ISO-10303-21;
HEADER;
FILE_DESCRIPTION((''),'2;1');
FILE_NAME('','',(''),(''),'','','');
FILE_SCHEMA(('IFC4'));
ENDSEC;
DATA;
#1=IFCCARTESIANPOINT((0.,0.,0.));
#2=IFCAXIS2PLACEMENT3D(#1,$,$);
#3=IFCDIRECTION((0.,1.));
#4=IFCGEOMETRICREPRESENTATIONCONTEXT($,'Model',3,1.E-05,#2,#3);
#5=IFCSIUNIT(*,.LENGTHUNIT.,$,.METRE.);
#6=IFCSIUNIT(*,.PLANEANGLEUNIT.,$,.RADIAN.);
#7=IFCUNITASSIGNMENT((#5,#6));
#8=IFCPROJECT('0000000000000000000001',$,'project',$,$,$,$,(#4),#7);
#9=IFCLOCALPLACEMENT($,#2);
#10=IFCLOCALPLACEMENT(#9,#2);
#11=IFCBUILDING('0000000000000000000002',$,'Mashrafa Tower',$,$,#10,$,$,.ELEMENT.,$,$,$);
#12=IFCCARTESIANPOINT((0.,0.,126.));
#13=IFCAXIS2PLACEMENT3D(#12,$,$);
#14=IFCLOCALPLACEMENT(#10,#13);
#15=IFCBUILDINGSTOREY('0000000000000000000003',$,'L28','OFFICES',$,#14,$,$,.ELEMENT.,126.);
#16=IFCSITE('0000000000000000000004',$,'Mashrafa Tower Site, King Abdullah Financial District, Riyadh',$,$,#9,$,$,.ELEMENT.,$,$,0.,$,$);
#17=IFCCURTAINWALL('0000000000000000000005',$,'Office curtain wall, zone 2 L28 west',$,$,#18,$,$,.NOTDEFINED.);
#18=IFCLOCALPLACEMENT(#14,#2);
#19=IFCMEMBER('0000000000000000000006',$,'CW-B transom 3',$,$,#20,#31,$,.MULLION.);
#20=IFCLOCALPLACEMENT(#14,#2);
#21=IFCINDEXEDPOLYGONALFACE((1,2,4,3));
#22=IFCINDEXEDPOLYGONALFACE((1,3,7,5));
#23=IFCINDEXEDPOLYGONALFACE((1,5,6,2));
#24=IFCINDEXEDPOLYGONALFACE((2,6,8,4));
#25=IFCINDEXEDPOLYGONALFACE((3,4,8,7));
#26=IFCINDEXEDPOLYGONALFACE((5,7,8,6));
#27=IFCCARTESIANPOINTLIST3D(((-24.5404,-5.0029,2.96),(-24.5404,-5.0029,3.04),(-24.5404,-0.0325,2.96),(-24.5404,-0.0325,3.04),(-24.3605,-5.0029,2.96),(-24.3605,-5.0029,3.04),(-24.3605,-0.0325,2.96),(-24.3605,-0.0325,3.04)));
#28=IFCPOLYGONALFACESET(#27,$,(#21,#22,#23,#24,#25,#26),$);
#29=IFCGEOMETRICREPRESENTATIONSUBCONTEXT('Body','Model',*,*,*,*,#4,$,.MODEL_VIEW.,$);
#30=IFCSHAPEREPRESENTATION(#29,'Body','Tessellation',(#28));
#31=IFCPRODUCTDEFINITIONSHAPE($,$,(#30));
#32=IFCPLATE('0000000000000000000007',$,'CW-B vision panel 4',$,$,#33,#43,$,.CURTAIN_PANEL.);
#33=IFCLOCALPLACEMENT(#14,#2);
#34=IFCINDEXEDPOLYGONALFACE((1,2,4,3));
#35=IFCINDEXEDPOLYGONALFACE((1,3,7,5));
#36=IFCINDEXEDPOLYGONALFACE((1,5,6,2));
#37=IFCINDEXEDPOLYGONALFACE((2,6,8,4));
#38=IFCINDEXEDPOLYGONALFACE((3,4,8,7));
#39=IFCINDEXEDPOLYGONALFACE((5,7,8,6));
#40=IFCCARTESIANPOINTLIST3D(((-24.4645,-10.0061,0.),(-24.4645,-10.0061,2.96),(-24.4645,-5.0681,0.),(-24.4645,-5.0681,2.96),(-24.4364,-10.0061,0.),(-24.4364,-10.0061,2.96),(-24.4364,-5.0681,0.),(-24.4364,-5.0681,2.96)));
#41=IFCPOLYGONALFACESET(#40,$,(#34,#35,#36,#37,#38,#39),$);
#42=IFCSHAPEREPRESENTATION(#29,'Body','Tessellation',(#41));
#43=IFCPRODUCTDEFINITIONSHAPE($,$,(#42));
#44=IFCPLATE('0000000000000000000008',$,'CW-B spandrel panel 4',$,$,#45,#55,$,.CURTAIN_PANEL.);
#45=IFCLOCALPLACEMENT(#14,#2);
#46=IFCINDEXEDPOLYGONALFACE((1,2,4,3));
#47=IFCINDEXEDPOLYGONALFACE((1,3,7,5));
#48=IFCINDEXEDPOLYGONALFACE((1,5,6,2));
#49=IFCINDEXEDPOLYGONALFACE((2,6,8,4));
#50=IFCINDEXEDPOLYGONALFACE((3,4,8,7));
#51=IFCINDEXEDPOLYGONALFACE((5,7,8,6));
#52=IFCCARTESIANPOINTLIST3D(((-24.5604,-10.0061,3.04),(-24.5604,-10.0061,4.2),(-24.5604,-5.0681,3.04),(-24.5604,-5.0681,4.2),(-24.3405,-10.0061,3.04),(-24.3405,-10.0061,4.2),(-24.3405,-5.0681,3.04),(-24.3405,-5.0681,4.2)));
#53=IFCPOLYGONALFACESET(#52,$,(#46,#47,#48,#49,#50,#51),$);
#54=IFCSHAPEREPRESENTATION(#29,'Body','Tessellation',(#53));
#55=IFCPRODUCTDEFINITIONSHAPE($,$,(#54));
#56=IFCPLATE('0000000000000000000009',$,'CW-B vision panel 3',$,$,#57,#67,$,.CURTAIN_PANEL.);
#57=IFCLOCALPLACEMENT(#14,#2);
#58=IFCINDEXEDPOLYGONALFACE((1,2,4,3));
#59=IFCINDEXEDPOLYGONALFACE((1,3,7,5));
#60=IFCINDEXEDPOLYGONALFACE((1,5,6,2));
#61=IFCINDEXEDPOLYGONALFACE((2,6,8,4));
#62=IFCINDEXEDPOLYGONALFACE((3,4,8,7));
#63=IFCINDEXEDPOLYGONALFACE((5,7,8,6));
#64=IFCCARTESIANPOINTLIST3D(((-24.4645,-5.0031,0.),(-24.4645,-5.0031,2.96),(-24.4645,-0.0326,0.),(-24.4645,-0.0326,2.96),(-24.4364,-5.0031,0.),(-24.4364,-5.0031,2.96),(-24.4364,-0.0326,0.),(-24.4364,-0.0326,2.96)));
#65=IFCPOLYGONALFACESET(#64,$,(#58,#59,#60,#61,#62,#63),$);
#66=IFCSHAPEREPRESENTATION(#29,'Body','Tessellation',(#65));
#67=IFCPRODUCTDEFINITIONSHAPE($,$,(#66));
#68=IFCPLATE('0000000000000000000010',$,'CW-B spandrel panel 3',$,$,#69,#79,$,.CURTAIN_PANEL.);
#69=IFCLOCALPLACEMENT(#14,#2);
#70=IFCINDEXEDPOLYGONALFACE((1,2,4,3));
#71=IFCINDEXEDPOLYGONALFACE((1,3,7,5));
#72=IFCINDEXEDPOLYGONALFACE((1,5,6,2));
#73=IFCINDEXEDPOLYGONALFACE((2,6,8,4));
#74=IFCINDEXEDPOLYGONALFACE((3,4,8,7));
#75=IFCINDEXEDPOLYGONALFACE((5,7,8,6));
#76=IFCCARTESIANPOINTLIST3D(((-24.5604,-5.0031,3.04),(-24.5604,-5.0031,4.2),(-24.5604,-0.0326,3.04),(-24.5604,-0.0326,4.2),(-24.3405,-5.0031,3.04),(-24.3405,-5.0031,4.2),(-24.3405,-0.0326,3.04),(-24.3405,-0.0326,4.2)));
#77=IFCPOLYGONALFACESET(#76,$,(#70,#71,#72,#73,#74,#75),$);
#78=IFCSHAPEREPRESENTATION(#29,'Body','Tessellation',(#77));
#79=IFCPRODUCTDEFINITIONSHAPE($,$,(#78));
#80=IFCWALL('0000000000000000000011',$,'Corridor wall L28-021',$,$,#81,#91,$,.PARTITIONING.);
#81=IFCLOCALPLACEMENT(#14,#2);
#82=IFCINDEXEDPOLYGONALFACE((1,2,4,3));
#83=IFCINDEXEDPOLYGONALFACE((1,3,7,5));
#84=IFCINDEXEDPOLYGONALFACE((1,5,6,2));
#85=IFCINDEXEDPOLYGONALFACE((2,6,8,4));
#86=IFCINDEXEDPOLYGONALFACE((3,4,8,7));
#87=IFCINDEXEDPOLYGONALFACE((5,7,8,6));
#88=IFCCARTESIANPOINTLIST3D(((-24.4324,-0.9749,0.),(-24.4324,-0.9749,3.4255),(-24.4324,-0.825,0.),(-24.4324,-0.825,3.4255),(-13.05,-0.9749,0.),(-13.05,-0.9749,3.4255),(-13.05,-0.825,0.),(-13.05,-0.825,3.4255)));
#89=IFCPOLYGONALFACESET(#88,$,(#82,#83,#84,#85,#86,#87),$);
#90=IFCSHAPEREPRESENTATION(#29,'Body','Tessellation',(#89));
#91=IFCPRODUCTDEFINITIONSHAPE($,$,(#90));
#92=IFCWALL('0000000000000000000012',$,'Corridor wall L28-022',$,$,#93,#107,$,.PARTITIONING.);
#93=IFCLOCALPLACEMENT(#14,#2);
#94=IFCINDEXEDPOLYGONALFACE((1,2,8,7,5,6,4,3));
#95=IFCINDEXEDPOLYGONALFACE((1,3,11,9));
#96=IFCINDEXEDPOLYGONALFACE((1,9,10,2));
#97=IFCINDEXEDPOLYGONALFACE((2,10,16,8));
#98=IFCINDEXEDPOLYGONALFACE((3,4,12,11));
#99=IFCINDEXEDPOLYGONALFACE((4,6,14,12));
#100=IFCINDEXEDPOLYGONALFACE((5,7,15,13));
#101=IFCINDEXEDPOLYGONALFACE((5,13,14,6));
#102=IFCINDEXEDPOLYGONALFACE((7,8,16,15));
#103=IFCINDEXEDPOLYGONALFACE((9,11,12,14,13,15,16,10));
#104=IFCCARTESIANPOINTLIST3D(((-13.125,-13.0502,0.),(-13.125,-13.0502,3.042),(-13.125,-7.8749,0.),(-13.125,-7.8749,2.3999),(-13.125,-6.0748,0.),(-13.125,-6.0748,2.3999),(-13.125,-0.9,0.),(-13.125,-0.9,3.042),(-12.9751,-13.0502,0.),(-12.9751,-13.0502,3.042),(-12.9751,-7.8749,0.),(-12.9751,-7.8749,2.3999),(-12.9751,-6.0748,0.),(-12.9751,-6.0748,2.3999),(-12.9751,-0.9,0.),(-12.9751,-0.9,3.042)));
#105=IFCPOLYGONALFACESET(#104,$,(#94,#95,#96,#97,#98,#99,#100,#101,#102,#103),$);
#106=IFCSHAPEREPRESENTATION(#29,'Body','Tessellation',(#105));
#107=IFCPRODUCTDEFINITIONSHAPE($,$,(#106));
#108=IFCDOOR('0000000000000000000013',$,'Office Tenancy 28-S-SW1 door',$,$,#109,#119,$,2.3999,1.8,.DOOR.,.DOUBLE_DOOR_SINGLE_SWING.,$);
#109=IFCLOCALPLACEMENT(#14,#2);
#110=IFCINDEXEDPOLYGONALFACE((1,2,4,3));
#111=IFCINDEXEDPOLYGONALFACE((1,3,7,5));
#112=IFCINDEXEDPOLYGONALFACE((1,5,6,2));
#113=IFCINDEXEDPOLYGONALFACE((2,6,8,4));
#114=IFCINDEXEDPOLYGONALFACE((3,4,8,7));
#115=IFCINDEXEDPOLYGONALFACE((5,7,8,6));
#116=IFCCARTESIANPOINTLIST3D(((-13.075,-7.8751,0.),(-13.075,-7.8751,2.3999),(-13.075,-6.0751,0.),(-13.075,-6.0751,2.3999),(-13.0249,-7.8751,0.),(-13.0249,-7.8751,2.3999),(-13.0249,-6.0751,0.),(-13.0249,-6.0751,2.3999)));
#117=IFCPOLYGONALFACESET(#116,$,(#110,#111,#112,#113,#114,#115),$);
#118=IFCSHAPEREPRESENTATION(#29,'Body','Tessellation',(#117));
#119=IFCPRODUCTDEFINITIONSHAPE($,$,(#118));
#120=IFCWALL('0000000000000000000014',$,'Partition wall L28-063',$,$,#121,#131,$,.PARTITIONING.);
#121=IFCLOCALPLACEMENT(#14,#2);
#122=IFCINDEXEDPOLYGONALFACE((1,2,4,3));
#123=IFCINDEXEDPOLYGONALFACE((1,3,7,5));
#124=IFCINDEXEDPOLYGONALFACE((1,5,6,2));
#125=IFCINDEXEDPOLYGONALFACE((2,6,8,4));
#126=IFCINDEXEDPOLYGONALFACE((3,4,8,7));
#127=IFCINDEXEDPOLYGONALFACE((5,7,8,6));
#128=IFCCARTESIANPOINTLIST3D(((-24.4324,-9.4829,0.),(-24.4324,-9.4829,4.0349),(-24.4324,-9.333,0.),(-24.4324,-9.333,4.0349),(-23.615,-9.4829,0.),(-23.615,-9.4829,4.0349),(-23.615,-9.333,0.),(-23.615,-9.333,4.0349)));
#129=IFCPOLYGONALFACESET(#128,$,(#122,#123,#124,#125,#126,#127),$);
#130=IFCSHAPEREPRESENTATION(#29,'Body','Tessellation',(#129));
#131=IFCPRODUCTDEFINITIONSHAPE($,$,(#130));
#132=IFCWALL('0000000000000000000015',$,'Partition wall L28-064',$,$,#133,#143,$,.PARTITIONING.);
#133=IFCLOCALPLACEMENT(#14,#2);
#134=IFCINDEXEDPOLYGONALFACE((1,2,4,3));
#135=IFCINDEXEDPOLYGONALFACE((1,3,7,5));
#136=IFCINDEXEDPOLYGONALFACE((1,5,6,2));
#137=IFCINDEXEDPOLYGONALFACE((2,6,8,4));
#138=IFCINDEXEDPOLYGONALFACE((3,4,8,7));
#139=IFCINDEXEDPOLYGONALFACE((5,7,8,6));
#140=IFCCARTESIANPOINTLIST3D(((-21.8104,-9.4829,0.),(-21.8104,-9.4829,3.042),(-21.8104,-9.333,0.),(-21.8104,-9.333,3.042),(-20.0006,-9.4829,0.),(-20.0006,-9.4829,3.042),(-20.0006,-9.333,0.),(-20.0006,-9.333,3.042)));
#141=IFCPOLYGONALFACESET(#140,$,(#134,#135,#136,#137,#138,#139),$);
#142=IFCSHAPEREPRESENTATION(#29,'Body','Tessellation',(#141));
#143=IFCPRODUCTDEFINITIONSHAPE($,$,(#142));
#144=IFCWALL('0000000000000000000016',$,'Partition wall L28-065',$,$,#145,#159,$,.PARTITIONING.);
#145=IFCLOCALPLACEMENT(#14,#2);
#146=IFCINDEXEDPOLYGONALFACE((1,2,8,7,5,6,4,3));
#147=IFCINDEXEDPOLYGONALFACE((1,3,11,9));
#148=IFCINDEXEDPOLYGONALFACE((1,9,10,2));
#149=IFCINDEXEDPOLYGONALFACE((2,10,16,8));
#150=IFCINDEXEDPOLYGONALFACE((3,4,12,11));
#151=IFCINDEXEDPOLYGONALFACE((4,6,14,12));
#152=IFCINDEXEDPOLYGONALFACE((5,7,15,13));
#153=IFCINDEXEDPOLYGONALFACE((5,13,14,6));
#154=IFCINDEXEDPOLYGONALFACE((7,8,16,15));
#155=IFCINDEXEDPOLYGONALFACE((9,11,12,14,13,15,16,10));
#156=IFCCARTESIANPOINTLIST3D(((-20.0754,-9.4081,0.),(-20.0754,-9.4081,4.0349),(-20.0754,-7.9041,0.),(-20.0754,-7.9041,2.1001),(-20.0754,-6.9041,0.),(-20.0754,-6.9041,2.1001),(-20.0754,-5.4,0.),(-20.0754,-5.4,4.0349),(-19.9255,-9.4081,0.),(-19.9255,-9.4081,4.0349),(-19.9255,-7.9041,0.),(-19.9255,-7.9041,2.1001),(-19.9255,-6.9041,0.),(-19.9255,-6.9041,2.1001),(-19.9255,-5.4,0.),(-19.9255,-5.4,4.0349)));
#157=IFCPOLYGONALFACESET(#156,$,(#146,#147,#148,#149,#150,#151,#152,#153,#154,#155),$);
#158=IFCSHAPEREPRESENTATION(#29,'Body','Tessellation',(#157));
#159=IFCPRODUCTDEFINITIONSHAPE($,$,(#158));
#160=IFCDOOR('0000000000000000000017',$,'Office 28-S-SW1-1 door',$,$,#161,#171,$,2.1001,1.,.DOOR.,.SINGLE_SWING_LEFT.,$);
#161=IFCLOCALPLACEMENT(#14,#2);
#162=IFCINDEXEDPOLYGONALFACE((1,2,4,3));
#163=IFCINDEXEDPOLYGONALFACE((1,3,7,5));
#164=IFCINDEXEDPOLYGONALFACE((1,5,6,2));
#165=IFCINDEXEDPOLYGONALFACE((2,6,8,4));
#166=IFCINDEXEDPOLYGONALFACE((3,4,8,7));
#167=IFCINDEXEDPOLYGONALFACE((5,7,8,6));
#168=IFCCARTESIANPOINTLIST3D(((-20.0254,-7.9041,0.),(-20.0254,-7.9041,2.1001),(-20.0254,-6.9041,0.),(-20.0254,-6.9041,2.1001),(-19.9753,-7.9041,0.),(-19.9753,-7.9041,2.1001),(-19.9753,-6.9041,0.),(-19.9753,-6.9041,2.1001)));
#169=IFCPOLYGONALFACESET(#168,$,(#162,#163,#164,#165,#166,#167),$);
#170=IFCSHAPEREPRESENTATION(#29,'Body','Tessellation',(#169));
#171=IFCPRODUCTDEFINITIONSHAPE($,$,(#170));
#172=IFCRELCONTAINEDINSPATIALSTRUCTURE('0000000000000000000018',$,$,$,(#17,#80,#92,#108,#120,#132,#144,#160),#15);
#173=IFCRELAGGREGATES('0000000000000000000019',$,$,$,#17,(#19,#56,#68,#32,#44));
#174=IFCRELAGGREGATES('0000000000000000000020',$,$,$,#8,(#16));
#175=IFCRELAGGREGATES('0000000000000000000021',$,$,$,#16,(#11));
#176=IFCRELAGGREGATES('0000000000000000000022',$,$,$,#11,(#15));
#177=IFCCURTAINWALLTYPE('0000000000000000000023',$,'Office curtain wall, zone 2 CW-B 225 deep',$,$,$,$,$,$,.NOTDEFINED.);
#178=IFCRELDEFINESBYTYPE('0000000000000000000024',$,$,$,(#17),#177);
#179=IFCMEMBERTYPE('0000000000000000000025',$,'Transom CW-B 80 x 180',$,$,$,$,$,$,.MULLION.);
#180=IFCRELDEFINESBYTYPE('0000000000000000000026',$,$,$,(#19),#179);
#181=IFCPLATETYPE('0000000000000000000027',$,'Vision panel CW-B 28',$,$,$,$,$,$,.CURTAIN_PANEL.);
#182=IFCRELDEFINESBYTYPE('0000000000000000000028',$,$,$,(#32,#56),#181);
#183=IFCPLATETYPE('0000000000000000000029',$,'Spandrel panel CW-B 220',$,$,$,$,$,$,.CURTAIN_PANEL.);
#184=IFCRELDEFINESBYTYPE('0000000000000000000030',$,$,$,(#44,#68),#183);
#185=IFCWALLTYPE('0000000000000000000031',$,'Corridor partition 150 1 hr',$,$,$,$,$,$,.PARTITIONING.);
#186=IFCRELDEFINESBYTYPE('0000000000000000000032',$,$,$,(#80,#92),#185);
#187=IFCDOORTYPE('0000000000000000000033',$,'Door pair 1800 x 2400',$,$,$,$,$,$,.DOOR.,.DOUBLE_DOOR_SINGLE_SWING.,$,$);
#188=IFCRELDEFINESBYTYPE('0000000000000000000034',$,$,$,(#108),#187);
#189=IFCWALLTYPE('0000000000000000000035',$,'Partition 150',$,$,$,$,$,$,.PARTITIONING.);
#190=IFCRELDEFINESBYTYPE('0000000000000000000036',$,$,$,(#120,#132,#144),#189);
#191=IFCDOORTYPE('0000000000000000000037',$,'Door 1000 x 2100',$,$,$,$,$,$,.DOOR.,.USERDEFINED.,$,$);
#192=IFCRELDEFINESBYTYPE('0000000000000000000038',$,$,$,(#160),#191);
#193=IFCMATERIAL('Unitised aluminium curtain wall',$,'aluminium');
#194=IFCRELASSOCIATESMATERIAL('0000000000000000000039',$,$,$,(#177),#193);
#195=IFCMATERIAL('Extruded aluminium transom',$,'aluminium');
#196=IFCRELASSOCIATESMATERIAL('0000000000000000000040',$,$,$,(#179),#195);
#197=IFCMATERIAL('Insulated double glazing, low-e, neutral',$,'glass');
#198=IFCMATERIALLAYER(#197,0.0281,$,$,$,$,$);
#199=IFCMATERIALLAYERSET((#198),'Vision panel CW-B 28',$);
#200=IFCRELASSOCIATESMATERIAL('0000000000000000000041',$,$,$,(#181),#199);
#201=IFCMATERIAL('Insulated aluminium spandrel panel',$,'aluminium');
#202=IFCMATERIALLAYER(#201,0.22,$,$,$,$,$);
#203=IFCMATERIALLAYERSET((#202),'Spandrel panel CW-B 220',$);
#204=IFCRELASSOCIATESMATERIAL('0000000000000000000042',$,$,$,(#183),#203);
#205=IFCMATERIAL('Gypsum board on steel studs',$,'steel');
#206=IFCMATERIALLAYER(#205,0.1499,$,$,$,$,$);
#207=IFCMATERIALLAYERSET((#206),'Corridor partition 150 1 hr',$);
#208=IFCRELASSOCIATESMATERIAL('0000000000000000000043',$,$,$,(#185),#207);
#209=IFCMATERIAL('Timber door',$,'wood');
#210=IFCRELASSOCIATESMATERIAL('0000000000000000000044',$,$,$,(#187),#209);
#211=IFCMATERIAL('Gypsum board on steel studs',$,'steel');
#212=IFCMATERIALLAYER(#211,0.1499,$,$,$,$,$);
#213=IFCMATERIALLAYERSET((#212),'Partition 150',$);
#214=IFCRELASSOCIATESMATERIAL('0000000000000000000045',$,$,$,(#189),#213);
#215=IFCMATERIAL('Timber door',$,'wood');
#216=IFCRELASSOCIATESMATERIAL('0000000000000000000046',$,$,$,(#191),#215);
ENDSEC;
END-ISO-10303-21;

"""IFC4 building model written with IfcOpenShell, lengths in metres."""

from ifc_helpers import new_model, si_unit, direction, frame, frame_2d, origin, origin_2d, place, context, subcontext, project, spatial, rectangle, extrude, source, transform, mapped, material, layer, layer_set, material_profile, profile_set, type_object, type_shapes, element, fill, aggregate, save


model = new_model("IFC4")

# Units and contexts
model_context = context("Model", 3, precision=1e-05, world=origin(), true_north=direction((0.0, 1.0)))
body_context = subcontext(model_context, "Body", "Model", "MODEL_VIEW")
ifc_project = project(units=[si_unit("LENGTHUNIT", "METRE"), si_unit("PLANEANGLEUNIT", "RADIAN")], contexts=[model_context])

# Site, building, storey
site_placement = place(None, origin())
site = spatial("IfcSite", under=ifc_project, at=site_placement, Name="Mashrafa Tower Site, King Abdullah Financial District, Riyadh", CompositionType="ELEMENT", RefElevation=0.0)
building_placement = place(site_placement, origin())
building = spatial("IfcBuilding", under=site, at=building_placement, Name="Mashrafa Tower", CompositionType="ELEMENT")
storey_placement = place(building_placement, frame((0.0, 0.0, 126.0)))
storey = spatial("IfcBuildingStorey", under=building, at=storey_placement, Name="L28", Description="OFFICES", CompositionType="ELEMENT", Elevation=126.0)

# Curtain wall
ifc_material_1 = material(Name="Unitised aluminium curtain wall", Category="aluminium")
curtain_wall_type = type_object("IfcCurtainWallType", Name="Office curtain wall, zone 2 CW-B 225 deep", PredefinedType="NOTDEFINED", material=ifc_material_1)
curtain_wall_1_placement = place(storey_placement, origin())
curtain_wall_1 = element("IfcCurtainWall", 1, at=curtain_wall_1_placement, inside=storey, type_object=curtain_wall_type, Name="Office curtain wall, zone 2 L28 west", PredefinedType="NOTDEFINED")

# Member
ifc_material_2 = material(Name="Extruded aluminium transom", Category="aluminium")
ifc_material_profile_1 = material_profile(ifc_material_2, rectangle(XDim=0.1799, YDim=0.0801, at=origin_2d()), Name="Transom 80x180")
ifc_profile_set_1 = profile_set([ifc_material_profile_1], Name="Extruded aluminium transom")
member_type_1 = type_object("IfcMemberType", Name="Transom CW-B 80 x 180", PredefinedType="MULLION", material=ifc_profile_set_1)
shared_shape_1 = source(origin(), body_context, "Body", "SweptSolid", [
    extrude(rectangle(XDim=0.1799, YDim=0.0801, at=origin_2d()), origin(), (0.0, 0.0, 1.0), 4.9705),
])
member_1_placement = place(storey_placement, frame((-24.4504, -0.0325, 3.0), z_axis=(0.0, -1.0, 0.0), x_axis=(1.0, 0.0, 0.0)))
member_1 = element("IfcMember", 2, at=member_1_placement, type_object=member_type_1, Name="CW-B transom 3", PredefinedType="MULLION", context=body_context, shape_type="MappedRepresentation", body=[
    mapped(shared_shape_1, transform((0.0, 0.0, 0.0))),
])

# Plates
ifc_material_3 = material(Name="Insulated double glazing, low-e, neutral", Category="glass")
ifc_layer_1 = layer(ifc_material_3, 0.0281)
ifc_layer_set_1 = layer_set([ifc_layer_1], Name="Vision panel CW-B 28")
plate_type_1 = type_object("IfcPlateType", Name="Vision panel CW-B 28", PredefinedType="CURTAIN_PANEL", material=ifc_layer_set_1)
shared_shape_2 = source(origin(), body_context, "Body", "SweptSolid", [
    extrude(rectangle(XDim=4.938, YDim=0.0281, at=origin_2d()), origin(), (0.0, 0.0, 1.0), 2.96),
])
plate_1_placement = place(storey_placement, frame((-24.4504, -7.5371, 0.0), z_axis=(0.0, 0.0, 1.0), x_axis=(0.0, -1.0, 0.0)))
plate_1 = element("IfcPlate", 3, at=plate_1_placement, type_object=plate_type_1, Name="CW-B vision panel 4", PredefinedType="CURTAIN_PANEL", context=body_context, shape_type="MappedRepresentation", body=[
    mapped(shared_shape_2, transform((0.0, 0.0, 0.0))),
])
ifc_material_4 = material(Name="Insulated aluminium spandrel panel", Category="aluminium")
ifc_layer_2 = layer(ifc_material_4, 0.22)
ifc_layer_set_2 = layer_set([ifc_layer_2], Name="Spandrel panel CW-B 220")
plate_type_2 = type_object("IfcPlateType", Name="Spandrel panel CW-B 220", PredefinedType="CURTAIN_PANEL", material=ifc_layer_set_2)
shared_shape_3 = source(origin(), body_context, "Body", "SweptSolid", [
    extrude(rectangle(XDim=4.938, YDim=0.22, at=origin_2d()), origin(), (0.0, 0.0, 1.0), 1.1599),
])
plate_2_placement = place(storey_placement, frame((-24.4504, -7.5371, 3.04), z_axis=(0.0, 0.0, 1.0), x_axis=(0.0, -1.0, 0.0)))
plate_2 = element("IfcPlate", 4, at=plate_2_placement, type_object=plate_type_2, Name="CW-B spandrel panel 4", PredefinedType="CURTAIN_PANEL", context=body_context, shape_type="MappedRepresentation", body=[
    mapped(shared_shape_3, transform((0.0, 0.0, 0.0))),
])
shared_shape_4 = source(origin(), body_context, "Body", "SweptSolid", [
    extrude(rectangle(XDim=4.9705, YDim=0.0281, at=origin_2d()), origin(), (0.0, 0.0, 1.0), 2.96),
])
type_shapes(plate_type_1, [shared_shape_2, shared_shape_4])
plate_3_placement = place(storey_placement, frame((-24.4504, -2.5178, 0.0), z_axis=(0.0, 0.0, 1.0), x_axis=(0.0, -1.0, 0.0)))
plate_3 = element("IfcPlate", 5, at=plate_3_placement, type_object=plate_type_1, Name="CW-B vision panel 3", PredefinedType="CURTAIN_PANEL", context=body_context, shape_type="MappedRepresentation", body=[
    mapped(shared_shape_4, transform((0.0, 0.0, 0.0))),
])
shared_shape_5 = source(origin(), body_context, "Body", "SweptSolid", [
    extrude(rectangle(XDim=4.9705, YDim=0.22, at=origin_2d()), origin(), (0.0, 0.0, 1.0), 1.1599),
])
type_shapes(plate_type_2, [shared_shape_3, shared_shape_5])
plate_4_placement = place(storey_placement, frame((-24.4504, -2.5178, 3.04), z_axis=(0.0, 0.0, 1.0), x_axis=(0.0, -1.0, 0.0)))
plate_4 = element("IfcPlate", 6, at=plate_4_placement, type_object=plate_type_2, Name="CW-B spandrel panel 3", PredefinedType="CURTAIN_PANEL", context=body_context, shape_type="MappedRepresentation", body=[
    mapped(shared_shape_5, transform((0.0, 0.0, 0.0))),
])
aggregate(curtain_wall_1, [member_1, plate_3, plate_4, plate_1, plate_2])

# Wall
ifc_material_5 = material(Name="Gypsum board on steel studs", Category="steel")
ifc_layer_3 = layer(ifc_material_5, 0.1499)
ifc_layer_set_3 = layer_set([ifc_layer_3], Name="Corridor partition 150 1 hr")
wall_type_1 = type_object("IfcWallType", Name="Corridor partition 150 1 hr", PredefinedType="PARTITIONING", material=ifc_layer_set_3)
wall_1_placement = place(storey_placement, frame((-24.4324, -0.8999, 0.0), z_axis=(0.0, 0.0, 1.0), x_axis=(1.0, 0.0, 0.0)))
element("IfcWall", 7, at=wall_1_placement, inside=storey, type_object=wall_type_1, Name="Corridor wall L28-021", PredefinedType="PARTITIONING", context=body_context, shape_type="SweptSolid", body=[
    extrude(rectangle(XDim=11.3823, YDim=0.1499, at=frame_2d((5.6912, 0.0))), origin(), (0.0, 0.0, 1.0), 3.4255),
])

# Wall, opening, door
wall_2_placement = place(storey_placement, frame((-13.05, -0.8999, 0.0), z_axis=(0.0, 0.0, 1.0), x_axis=(0.0, -1.0, 0.0)))
wall_2 = element("IfcWall", 8, at=wall_2_placement, inside=storey, type_object=wall_type_1, Name="Corridor wall L28-022", PredefinedType="PARTITIONING", context=body_context, shape_type="SweptSolid", body=[
    extrude(rectangle(XDim=12.1501, YDim=0.1499, at=frame_2d((6.0752, 0.0))), origin(), (0.0, 0.0, 1.0), 3.042),
])
opening_1_placement = place(wall_2_placement, frame((5.175, 0.0, 0.0)))
opening_1 = element("IfcOpeningElement", 9, at=opening_1_placement, cuts=wall_2, PredefinedType="OPENING", context=body_context, shape_type="SweptSolid", body=[
    extrude(rectangle(XDim=1.8, YDim=2.3999, at=frame_2d((0.8999, 1.2))), frame((0.0, 0.085, 0.0), z_axis=(0.0, -1.0, 0.0), x_axis=(1.0, 0.0, 0.0)), (0.0, 0.0, 1.0), 0.1699),
])
ifc_material_6 = material(Name="Timber door", Category="wood")
door_type_1 = type_object("IfcDoorType", Name="Door pair 1800 x 2400", OperationType="DOUBLE_DOOR_SINGLE_SWING", PredefinedType="DOOR", material=ifc_material_6)
door_1_placement = place(opening_1_placement, frame((1.8, 0.0, 0.0), z_axis=(0.0, 0.0, 1.0), x_axis=(-1.0, 0.0, 0.0)))
door_1 = element("IfcDoor", 10, at=door_1_placement, inside=storey, type_object=door_type_1, Name="Office Tenancy 28-S-SW1 door", OperationType="DOUBLE_DOOR_SINGLE_SWING", OverallHeight=2.3999, OverallWidth=1.8, PredefinedType="DOOR", context=body_context, shape_type="SweptSolid", body=[
    extrude(rectangle(XDim=1.8, YDim=2.3999, at=frame_2d((0.8999, 1.2))), frame((0.0, 0.0249, 0.0), z_axis=(0.0, -1.0, 0.0), x_axis=(1.0, 0.0, 0.0)), (0.0, 0.0, 1.0), 0.05),
])
fill(opening_1, door_1)

# Walls
ifc_material_7 = material(Name="Gypsum board on steel studs", Category="steel")
ifc_layer_4 = layer(ifc_material_7, 0.1499)
ifc_layer_set_4 = layer_set([ifc_layer_4], Name="Partition 150")
wall_type_2 = type_object("IfcWallType", Name="Partition 150", PredefinedType="PARTITIONING", material=ifc_layer_set_4)
wall_3_placement = place(storey_placement, frame((-24.4324, -9.408, 0.0), z_axis=(0.0, 0.0, 1.0), x_axis=(1.0, 0.0, 0.0)))
element("IfcWall", 11, at=wall_3_placement, inside=storey, type_object=wall_type_2, Name="Partition wall L28-063", PredefinedType="PARTITIONING", context=body_context, shape_type="SweptSolid", body=[
    extrude(rectangle(XDim=0.8174, YDim=0.1499, at=frame_2d((0.4087, 0.0))), origin(), (0.0, 0.0, 1.0), 4.0349),
])
wall_4_placement = place(storey_placement, frame((-21.8103, -9.408, 0.0), z_axis=(0.0, 0.0, 1.0), x_axis=(1.0, 0.0, 0.0)))
element("IfcWall", 12, at=wall_4_placement, inside=storey, type_object=wall_type_2, Name="Partition wall L28-064", PredefinedType="PARTITIONING", context=body_context, shape_type="SweptSolid", body=[
    extrude(rectangle(XDim=1.8098, YDim=0.1499, at=frame_2d((0.9048, 0.0))), origin(), (0.0, 0.0, 1.0), 3.042),
])

# Wall, opening, door
wall_5_placement = place(storey_placement, frame((-20.0005, -9.408, 0.0), z_axis=(0.0, 0.0, 1.0), x_axis=(0.0, 1.0, 0.0)))
wall_5 = element("IfcWall", 13, at=wall_5_placement, inside=storey, type_object=wall_type_2, Name="Partition wall L28-065", PredefinedType="PARTITIONING", context=body_context, shape_type="SweptSolid", body=[
    extrude(rectangle(XDim=4.0081, YDim=0.1499, at=frame_2d((2.0039, 0.0))), origin(), (0.0, 0.0, 1.0), 4.0349),
])
opening_2_placement = place(wall_5_placement, frame((1.5039, 0.0, 0.0)))
opening_2 = element("IfcOpeningElement", 14, at=opening_2_placement, cuts=wall_5, PredefinedType="OPENING", context=body_context, shape_type="SweptSolid", body=[
    extrude(rectangle(XDim=1.0, YDim=2.1001, at=frame_2d((0.5, 1.05))), frame((0.0, 0.085, 0.0), z_axis=(0.0, -1.0, 0.0), x_axis=(1.0, 0.0, 0.0)), (0.0, 0.0, 1.0), 0.1699),
])
ifc_material_8 = material(Name="Timber door", Category="wood")
door_type_2 = type_object("IfcDoorType", Name="Door 1000 x 2100", OperationType="USERDEFINED", PredefinedType="DOOR", material=ifc_material_8)
door_2_placement = place(opening_2_placement, origin())
door_2 = element("IfcDoor", 15, at=door_2_placement, inside=storey, type_object=door_type_2, Name="Office 28-S-SW1-1 door", OperationType="SINGLE_SWING_LEFT", OverallHeight=2.1001, OverallWidth=1.0, PredefinedType="DOOR", context=body_context, shape_type="SweptSolid", body=[
    extrude(rectangle(XDim=1.0, YDim=2.1001, at=frame_2d((0.5, 1.05))), frame((0.0, 0.0249, 0.0), z_axis=(0.0, -1.0, 0.0), x_axis=(1.0, 0.0, 0.0)), (0.0, 0.0, 1.0), 0.05),
])
fill(opening_2, door_2)

save(model, "model.ifc")
